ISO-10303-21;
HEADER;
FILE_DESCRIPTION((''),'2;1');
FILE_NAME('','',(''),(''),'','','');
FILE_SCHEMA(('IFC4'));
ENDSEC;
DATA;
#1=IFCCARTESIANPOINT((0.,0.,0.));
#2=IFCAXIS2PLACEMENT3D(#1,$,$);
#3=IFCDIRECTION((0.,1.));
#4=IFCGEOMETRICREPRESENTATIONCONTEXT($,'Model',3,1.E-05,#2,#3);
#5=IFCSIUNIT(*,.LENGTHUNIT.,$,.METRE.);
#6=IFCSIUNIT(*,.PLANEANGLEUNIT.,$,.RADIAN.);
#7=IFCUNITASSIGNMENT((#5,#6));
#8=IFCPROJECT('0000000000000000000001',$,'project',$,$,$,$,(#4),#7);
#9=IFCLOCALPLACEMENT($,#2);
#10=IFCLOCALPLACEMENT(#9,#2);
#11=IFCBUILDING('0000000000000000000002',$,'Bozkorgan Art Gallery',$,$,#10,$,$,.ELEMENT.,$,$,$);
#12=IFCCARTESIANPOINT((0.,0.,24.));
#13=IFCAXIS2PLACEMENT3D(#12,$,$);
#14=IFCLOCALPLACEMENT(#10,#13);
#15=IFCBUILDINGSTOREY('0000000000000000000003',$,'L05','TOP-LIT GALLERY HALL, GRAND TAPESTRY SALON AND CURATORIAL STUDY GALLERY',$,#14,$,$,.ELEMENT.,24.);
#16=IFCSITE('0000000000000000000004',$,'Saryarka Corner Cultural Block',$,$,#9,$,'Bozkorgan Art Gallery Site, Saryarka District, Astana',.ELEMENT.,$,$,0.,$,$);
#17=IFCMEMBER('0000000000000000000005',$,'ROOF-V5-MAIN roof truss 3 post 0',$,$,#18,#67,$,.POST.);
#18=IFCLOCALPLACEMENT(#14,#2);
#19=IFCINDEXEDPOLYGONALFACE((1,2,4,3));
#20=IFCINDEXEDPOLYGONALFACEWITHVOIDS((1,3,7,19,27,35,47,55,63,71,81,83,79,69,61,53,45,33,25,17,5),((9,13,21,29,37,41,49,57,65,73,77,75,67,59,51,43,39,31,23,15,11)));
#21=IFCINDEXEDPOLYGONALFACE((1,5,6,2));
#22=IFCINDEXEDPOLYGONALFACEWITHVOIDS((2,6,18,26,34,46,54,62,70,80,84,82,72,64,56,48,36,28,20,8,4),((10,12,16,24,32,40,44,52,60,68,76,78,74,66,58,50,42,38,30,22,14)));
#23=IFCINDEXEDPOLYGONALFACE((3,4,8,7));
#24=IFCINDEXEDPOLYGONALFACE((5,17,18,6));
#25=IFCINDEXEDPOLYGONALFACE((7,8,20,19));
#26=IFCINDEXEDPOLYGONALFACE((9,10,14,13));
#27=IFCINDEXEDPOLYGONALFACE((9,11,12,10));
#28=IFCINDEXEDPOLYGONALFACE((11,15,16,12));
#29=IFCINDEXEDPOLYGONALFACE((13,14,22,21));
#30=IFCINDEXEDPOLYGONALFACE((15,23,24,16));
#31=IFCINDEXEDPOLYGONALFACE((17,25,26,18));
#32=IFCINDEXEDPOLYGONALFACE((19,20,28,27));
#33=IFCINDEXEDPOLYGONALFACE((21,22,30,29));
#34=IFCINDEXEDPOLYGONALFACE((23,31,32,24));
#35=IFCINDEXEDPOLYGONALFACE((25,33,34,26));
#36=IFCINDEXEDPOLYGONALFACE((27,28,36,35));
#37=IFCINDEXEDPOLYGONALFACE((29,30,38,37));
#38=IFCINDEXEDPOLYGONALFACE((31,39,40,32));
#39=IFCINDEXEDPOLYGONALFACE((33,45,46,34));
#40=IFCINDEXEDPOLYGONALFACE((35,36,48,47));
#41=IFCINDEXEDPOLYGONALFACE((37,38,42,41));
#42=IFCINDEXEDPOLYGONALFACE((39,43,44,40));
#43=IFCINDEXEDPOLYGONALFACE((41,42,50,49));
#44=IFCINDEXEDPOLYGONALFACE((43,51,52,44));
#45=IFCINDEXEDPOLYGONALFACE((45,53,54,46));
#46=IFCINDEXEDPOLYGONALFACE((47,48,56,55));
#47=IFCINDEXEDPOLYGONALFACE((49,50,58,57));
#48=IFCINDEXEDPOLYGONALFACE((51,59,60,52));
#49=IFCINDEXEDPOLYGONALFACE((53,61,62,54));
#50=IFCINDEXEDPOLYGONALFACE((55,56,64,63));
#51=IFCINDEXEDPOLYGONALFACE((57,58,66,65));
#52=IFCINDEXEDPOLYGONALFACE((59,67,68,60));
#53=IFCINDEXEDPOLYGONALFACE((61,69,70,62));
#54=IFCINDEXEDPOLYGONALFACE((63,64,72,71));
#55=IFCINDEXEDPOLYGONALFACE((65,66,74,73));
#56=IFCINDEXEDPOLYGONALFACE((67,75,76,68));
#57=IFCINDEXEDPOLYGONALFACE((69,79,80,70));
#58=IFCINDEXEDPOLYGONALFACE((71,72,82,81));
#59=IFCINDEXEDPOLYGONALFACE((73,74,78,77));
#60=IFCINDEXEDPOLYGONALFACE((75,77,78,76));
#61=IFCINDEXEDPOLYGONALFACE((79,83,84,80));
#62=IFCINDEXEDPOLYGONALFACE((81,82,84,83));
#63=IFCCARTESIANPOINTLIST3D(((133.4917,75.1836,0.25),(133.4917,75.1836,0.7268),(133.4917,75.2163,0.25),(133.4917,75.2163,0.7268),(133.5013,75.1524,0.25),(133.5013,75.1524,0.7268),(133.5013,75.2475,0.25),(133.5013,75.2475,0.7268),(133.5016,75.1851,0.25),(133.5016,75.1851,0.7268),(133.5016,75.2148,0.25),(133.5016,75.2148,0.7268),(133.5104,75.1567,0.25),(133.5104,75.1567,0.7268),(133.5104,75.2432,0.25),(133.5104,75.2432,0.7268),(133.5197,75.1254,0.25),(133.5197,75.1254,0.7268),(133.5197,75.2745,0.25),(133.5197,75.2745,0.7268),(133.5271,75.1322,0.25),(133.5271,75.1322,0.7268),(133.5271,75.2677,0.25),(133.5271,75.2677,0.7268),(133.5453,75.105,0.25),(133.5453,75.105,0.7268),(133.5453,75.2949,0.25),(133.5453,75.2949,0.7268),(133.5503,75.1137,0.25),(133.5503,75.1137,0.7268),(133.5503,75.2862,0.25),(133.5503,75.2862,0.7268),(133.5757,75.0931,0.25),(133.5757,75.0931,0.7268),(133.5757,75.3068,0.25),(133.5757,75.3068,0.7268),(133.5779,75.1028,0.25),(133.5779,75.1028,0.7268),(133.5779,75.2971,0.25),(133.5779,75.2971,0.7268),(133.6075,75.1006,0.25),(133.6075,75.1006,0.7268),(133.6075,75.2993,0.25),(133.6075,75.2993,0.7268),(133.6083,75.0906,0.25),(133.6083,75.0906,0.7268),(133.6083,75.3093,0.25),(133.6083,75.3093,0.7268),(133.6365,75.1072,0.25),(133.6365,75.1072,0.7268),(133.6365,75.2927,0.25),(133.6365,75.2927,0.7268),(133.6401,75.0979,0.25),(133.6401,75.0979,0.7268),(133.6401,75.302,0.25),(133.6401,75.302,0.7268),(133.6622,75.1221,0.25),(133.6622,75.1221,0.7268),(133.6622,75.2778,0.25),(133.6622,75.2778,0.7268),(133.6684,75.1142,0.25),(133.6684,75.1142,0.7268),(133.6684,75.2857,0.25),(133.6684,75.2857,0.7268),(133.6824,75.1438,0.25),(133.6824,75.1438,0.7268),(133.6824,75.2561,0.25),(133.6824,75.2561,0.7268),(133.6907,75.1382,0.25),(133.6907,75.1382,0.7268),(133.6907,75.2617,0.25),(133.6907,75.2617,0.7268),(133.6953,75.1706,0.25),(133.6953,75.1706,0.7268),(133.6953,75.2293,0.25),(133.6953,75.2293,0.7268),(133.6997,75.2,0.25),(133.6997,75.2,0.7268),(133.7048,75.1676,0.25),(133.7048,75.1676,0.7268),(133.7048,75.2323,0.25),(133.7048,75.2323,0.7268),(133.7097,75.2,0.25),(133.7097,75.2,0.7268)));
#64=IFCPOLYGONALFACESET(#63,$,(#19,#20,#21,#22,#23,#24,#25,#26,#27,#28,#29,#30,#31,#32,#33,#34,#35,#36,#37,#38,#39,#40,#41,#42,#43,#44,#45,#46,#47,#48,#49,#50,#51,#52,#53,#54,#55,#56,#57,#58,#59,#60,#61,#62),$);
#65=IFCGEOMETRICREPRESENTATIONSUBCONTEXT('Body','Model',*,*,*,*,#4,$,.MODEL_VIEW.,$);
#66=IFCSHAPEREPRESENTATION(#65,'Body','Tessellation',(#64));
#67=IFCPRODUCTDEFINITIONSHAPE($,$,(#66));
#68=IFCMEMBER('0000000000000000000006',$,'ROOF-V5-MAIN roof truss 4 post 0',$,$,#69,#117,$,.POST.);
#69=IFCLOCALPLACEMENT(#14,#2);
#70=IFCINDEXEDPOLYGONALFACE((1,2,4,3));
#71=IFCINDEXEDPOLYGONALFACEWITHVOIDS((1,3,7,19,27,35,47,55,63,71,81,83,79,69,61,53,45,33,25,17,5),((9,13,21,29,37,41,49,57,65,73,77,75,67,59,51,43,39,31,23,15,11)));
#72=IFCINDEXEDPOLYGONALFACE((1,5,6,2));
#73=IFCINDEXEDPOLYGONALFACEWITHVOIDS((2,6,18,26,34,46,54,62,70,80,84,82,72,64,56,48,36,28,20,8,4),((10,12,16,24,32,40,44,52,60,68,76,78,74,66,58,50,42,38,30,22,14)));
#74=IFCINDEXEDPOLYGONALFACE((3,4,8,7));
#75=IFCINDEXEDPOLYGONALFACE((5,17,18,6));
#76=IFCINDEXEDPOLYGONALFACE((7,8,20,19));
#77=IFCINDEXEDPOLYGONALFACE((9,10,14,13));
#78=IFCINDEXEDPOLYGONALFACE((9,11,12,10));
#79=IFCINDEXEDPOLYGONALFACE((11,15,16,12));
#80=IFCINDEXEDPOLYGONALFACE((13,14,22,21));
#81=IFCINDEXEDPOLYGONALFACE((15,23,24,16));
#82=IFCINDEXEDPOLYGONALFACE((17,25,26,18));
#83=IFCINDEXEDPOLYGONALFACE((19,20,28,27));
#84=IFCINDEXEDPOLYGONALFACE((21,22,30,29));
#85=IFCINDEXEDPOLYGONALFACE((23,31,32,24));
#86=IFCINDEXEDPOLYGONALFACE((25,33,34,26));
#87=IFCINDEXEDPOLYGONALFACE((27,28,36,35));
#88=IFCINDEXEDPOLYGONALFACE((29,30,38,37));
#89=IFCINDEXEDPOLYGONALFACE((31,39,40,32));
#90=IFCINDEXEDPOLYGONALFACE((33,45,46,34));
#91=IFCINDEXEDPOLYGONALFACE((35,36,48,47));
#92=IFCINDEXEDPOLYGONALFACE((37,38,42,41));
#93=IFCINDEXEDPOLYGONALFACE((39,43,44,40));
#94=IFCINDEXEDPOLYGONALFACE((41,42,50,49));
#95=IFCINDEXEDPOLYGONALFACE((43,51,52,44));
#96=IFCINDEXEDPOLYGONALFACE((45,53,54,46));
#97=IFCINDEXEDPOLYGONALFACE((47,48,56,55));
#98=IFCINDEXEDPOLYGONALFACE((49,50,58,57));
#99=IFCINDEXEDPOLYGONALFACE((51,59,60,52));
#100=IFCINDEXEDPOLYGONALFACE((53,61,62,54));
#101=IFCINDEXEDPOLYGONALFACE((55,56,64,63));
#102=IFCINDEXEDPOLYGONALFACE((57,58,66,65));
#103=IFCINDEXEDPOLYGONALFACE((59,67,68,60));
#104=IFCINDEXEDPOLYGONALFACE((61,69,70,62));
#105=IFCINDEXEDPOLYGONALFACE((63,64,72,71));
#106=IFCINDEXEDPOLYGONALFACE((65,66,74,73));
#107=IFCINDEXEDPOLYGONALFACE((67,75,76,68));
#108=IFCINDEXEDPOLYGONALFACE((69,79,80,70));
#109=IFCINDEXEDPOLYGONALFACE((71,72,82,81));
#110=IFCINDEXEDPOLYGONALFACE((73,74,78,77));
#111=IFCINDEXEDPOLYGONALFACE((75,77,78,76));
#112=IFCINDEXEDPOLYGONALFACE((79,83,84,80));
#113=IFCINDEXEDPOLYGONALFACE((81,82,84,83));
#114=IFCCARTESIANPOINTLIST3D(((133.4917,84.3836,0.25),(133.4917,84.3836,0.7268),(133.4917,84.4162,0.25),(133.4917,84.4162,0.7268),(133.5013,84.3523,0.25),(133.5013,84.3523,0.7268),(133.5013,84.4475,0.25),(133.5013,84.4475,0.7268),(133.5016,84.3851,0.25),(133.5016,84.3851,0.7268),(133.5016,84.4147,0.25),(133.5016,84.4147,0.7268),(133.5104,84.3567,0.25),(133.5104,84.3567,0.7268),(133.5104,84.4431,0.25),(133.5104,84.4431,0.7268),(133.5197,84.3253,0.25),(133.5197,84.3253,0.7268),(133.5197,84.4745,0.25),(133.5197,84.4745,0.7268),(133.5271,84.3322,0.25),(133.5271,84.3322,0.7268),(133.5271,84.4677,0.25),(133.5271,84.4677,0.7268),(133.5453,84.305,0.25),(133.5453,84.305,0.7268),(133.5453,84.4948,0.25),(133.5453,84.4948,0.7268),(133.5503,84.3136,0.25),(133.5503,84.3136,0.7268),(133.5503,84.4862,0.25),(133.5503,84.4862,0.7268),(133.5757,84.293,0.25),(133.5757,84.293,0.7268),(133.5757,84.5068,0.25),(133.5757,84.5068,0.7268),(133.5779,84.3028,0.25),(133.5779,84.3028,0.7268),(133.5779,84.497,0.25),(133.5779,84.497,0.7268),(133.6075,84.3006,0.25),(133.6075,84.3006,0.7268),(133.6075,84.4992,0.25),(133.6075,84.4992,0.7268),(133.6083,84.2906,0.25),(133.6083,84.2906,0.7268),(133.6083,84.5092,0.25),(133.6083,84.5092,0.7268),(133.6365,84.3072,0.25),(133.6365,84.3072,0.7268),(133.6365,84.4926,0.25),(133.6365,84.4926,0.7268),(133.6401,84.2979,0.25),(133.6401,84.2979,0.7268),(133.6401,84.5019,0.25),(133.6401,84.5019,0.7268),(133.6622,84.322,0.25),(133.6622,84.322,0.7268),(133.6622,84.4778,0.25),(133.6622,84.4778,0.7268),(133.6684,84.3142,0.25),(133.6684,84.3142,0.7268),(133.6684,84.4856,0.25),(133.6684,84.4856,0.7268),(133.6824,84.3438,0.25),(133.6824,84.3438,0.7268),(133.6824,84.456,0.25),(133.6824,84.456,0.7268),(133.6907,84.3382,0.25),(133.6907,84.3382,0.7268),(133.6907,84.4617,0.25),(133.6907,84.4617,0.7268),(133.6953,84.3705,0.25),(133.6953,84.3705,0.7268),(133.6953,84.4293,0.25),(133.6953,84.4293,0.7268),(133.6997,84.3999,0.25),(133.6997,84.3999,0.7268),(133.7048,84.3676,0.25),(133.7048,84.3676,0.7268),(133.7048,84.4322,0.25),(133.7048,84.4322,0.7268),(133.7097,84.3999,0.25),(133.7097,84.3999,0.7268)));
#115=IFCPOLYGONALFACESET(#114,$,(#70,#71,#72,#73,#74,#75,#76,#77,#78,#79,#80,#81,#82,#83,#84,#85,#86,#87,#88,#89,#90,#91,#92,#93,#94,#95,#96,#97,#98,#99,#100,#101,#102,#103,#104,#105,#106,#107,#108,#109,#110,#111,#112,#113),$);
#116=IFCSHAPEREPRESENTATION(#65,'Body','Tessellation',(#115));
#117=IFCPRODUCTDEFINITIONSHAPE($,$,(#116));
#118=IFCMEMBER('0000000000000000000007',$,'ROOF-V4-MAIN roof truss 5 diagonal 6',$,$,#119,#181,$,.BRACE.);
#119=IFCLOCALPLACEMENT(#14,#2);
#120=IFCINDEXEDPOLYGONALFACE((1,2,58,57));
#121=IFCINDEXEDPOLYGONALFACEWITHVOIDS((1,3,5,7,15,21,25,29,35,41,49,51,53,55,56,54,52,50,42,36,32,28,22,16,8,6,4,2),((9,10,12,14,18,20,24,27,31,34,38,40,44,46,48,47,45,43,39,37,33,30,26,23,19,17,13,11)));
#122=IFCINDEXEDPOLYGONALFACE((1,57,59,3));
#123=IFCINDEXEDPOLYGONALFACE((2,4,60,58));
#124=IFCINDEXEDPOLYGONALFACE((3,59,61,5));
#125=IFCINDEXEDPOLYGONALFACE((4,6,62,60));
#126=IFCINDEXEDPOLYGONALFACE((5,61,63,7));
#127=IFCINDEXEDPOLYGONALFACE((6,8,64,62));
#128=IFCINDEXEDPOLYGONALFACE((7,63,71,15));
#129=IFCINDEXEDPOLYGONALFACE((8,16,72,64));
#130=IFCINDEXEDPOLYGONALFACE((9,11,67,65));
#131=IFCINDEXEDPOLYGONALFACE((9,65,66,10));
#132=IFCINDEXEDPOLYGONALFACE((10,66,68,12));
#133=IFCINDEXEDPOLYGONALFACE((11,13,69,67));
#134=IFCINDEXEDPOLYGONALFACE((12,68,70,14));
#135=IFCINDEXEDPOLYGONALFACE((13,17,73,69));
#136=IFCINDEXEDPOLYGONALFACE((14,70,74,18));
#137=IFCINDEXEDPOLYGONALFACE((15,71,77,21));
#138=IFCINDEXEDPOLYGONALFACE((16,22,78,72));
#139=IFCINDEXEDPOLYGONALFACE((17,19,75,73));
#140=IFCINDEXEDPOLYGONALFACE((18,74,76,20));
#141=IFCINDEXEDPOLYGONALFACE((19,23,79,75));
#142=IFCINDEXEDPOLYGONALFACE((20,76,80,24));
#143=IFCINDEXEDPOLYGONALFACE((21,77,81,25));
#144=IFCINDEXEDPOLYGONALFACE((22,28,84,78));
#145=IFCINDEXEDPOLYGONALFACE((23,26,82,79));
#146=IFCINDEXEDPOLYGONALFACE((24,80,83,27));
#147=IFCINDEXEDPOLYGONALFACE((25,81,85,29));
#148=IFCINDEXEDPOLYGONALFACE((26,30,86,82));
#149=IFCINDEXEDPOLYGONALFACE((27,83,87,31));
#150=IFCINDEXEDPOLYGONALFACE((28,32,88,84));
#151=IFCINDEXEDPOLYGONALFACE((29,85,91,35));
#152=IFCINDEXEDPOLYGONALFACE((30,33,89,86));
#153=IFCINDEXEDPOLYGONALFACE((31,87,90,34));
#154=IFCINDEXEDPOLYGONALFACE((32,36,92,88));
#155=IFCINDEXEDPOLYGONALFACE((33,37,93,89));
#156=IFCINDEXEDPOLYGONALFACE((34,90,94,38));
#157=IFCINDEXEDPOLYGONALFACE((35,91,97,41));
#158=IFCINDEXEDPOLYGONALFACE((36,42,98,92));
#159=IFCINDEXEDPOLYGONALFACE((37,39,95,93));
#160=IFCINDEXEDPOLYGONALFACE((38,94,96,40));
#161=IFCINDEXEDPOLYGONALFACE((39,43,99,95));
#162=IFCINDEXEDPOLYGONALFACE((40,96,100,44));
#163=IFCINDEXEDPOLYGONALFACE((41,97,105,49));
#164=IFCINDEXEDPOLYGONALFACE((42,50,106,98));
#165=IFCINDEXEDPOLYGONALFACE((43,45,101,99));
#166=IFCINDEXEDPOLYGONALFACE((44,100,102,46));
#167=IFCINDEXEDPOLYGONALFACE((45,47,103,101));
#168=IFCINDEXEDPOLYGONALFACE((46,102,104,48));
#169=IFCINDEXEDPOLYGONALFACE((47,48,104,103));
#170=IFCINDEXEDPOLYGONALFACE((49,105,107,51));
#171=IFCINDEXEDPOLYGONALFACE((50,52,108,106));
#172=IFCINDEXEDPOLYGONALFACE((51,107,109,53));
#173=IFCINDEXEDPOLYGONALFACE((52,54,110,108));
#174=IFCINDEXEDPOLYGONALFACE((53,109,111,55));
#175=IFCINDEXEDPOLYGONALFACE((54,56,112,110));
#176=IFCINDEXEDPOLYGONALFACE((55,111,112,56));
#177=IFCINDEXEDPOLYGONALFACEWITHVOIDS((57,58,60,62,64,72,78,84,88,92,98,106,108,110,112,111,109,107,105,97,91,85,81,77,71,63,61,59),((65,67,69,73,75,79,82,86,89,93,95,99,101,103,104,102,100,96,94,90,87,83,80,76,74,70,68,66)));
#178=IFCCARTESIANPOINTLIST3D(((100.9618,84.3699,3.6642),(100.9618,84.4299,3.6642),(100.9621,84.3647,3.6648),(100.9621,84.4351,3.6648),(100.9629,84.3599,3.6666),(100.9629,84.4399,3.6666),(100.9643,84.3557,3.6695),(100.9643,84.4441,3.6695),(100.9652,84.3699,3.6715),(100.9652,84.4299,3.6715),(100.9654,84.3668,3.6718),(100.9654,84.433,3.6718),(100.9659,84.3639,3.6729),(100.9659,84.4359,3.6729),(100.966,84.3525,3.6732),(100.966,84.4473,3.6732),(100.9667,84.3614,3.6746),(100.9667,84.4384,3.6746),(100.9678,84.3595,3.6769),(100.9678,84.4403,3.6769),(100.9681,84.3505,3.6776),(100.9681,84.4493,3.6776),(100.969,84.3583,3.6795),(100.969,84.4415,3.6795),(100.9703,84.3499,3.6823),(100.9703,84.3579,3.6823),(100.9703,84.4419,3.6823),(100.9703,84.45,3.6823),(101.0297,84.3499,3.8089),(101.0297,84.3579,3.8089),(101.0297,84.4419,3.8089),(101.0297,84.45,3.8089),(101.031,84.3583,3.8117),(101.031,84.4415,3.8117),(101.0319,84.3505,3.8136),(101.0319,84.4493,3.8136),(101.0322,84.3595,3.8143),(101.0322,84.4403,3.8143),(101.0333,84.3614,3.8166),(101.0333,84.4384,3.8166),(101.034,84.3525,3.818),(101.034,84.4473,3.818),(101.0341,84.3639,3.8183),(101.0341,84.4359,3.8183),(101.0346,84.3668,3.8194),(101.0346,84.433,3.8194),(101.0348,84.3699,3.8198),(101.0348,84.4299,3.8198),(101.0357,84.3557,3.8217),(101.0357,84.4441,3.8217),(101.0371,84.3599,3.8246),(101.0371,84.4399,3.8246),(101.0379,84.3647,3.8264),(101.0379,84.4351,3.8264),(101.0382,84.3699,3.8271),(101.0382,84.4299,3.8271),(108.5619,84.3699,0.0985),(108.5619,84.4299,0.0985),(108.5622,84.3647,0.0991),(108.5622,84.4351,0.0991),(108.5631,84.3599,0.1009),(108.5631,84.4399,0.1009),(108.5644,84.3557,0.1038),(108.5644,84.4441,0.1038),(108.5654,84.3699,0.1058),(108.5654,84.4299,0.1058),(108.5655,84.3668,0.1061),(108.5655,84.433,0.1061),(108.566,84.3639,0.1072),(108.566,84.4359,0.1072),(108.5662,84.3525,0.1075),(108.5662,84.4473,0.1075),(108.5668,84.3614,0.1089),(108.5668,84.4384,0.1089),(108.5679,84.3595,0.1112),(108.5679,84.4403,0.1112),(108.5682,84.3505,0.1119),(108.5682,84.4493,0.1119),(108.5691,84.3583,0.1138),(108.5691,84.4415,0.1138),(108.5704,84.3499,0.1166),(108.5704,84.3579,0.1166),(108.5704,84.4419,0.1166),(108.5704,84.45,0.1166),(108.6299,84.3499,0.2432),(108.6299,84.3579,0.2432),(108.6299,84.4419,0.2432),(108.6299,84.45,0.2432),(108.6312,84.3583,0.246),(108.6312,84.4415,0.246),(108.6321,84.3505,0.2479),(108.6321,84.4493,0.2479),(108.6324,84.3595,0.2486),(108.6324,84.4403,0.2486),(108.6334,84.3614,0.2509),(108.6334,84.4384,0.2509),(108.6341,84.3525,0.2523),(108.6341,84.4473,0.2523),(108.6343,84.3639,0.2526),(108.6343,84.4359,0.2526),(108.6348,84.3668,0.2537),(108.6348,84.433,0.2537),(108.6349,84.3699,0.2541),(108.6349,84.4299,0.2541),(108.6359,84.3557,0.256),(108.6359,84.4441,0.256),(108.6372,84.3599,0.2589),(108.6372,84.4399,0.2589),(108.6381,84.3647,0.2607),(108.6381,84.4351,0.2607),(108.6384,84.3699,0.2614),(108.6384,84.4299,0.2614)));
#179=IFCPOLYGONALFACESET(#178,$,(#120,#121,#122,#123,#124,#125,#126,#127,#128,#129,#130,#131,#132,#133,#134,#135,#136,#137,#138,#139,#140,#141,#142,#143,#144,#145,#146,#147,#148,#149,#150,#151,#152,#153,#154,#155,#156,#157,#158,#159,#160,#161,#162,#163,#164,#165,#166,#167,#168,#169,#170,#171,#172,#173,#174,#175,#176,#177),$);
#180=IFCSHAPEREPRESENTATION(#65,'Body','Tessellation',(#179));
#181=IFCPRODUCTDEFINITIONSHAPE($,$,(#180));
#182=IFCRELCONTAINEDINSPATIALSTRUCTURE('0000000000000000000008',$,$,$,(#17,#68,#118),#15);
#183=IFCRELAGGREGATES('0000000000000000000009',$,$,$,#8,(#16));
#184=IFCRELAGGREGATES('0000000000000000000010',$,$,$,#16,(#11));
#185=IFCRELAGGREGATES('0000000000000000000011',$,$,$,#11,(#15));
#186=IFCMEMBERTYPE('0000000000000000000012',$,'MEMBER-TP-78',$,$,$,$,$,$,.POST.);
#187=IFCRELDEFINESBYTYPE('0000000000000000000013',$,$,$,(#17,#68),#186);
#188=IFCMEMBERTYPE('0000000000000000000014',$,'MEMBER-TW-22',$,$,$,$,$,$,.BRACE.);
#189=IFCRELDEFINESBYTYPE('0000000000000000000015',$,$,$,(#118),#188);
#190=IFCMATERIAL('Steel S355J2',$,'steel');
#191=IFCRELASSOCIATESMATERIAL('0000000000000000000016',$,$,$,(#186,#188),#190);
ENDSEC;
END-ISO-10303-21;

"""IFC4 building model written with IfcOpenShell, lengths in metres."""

from ifc_helpers import new_model, si_unit, direction, frame, origin, origin_2d, place, context, subcontext, project, spatial, hollow_rectangle, hollow_circle, extrude, material, material_profile, profile_set, type_object, element, save


model = new_model("IFC4")

# Units and contexts
model_context = context("Model", 3, precision=1e-05, world=origin(), true_north=direction((0.0, 1.0)))
body_context = subcontext(model_context, "Body", "Model", "MODEL_VIEW")
ifc_project = project(units=[si_unit("LENGTHUNIT", "METRE"), si_unit("PLANEANGLEUNIT", "RADIAN")], contexts=[model_context])

# Site, building, storey
site_placement = place(None, origin())
site = spatial("IfcSite", under=ifc_project, at=site_placement, Name="Saryarka Corner Cultural Block", LongName="Bozkorgan Art Gallery Site, Saryarka District, Astana", CompositionType="ELEMENT", RefElevation=0.0)
building_placement = place(site_placement, origin())
building = spatial("IfcBuilding", under=site, at=building_placement, Name="Bozkorgan Art Gallery", CompositionType="ELEMENT")
storey_placement = place(building_placement, frame((0.0, 0.0, 24.0)))
storey = spatial("IfcBuildingStorey", under=building, at=storey_placement, Name="L05", Description="TOP-LIT GALLERY HALL, GRAND TAPESTRY SALON AND CURATORIAL STUDY GALLERY", CompositionType="ELEMENT", Elevation=24.0)

# Shared definitions
ifc_material_1 = material(Name="Steel S355J2", Category="steel")

# Members
ifc_material_profile_1 = material_profile(ifc_material_1, hollow_circle(Radius=0.1096, WallThickness=0.01, at=origin_2d()), Name="CHS 219.1x10")
ifc_profile_set_1 = profile_set([ifc_material_profile_1], Name="Steel S355J2")
member_type_1 = type_object("IfcMemberType", Name="MEMBER-TP-78", PredefinedType="POST", material=ifc_profile_set_1)
for number, where, z_axis, x_axis, name in (
    (1, (133.6001, 75.2, 0.25), (0.0, 0.0, 1.0), (1.0, 0.0, 0.0), "ROOF-V5-MAIN roof truss 3 post 0"),
    (2, (133.6001, 84.3999, 0.25), (0.0, 0.0, 1.0), (1.0, 0.0, 0.0), "ROOF-V5-MAIN roof truss 4 post 0"),
):
    element("IfcMember", number, at=place(storey_placement, frame(where, z_axis=z_axis, x_axis=x_axis)), inside=storey, type_object=member_type_1, Name=name, PredefinedType="POST", context=body_context, shape_type="SweptSolid", body=[
        extrude(hollow_circle(Radius=0.1096, WallThickness=0.01, at=origin_2d()), origin(), (0.0, 0.0, 1.0), 0.4768),
    ])
ifc_material_profile_2 = material_profile(ifc_material_1, hollow_rectangle(XDim=0.1001, YDim=0.1799, WallThickness=0.0081, InnerFilletRadius=0.012, OuterFilletRadius=0.02, at=origin_2d()), Name="RHS 180x100x8")
ifc_profile_set_2 = profile_set([ifc_material_profile_2], Name="Steel S355J2")
member_type_2 = type_object("IfcMemberType", Name="MEMBER-TW-22", PredefinedType="BRACE", material=ifc_profile_set_2)
member_1_placement = place(storey_placement, frame((101.0, 84.3999, 3.7456), z_axis=(0.905316, 0.0, -0.424739), x_axis=(0.0, 1.0, 0.0)))
element("IfcMember", 3, at=member_1_placement, inside=storey, type_object=member_type_2, Name="ROOF-V4-MAIN roof truss 5 diagonal 6", PredefinedType="BRACE", context=body_context, shape_type="SweptSolid", body=[
    extrude(hollow_rectangle(XDim=0.1001, YDim=0.1799, WallThickness=0.0081, InnerFilletRadius=0.012, OuterFilletRadius=0.02, at=origin_2d()), origin(), (0.0, 0.0, 1.0), 8.395),
])

save(model, "model.ifc")
